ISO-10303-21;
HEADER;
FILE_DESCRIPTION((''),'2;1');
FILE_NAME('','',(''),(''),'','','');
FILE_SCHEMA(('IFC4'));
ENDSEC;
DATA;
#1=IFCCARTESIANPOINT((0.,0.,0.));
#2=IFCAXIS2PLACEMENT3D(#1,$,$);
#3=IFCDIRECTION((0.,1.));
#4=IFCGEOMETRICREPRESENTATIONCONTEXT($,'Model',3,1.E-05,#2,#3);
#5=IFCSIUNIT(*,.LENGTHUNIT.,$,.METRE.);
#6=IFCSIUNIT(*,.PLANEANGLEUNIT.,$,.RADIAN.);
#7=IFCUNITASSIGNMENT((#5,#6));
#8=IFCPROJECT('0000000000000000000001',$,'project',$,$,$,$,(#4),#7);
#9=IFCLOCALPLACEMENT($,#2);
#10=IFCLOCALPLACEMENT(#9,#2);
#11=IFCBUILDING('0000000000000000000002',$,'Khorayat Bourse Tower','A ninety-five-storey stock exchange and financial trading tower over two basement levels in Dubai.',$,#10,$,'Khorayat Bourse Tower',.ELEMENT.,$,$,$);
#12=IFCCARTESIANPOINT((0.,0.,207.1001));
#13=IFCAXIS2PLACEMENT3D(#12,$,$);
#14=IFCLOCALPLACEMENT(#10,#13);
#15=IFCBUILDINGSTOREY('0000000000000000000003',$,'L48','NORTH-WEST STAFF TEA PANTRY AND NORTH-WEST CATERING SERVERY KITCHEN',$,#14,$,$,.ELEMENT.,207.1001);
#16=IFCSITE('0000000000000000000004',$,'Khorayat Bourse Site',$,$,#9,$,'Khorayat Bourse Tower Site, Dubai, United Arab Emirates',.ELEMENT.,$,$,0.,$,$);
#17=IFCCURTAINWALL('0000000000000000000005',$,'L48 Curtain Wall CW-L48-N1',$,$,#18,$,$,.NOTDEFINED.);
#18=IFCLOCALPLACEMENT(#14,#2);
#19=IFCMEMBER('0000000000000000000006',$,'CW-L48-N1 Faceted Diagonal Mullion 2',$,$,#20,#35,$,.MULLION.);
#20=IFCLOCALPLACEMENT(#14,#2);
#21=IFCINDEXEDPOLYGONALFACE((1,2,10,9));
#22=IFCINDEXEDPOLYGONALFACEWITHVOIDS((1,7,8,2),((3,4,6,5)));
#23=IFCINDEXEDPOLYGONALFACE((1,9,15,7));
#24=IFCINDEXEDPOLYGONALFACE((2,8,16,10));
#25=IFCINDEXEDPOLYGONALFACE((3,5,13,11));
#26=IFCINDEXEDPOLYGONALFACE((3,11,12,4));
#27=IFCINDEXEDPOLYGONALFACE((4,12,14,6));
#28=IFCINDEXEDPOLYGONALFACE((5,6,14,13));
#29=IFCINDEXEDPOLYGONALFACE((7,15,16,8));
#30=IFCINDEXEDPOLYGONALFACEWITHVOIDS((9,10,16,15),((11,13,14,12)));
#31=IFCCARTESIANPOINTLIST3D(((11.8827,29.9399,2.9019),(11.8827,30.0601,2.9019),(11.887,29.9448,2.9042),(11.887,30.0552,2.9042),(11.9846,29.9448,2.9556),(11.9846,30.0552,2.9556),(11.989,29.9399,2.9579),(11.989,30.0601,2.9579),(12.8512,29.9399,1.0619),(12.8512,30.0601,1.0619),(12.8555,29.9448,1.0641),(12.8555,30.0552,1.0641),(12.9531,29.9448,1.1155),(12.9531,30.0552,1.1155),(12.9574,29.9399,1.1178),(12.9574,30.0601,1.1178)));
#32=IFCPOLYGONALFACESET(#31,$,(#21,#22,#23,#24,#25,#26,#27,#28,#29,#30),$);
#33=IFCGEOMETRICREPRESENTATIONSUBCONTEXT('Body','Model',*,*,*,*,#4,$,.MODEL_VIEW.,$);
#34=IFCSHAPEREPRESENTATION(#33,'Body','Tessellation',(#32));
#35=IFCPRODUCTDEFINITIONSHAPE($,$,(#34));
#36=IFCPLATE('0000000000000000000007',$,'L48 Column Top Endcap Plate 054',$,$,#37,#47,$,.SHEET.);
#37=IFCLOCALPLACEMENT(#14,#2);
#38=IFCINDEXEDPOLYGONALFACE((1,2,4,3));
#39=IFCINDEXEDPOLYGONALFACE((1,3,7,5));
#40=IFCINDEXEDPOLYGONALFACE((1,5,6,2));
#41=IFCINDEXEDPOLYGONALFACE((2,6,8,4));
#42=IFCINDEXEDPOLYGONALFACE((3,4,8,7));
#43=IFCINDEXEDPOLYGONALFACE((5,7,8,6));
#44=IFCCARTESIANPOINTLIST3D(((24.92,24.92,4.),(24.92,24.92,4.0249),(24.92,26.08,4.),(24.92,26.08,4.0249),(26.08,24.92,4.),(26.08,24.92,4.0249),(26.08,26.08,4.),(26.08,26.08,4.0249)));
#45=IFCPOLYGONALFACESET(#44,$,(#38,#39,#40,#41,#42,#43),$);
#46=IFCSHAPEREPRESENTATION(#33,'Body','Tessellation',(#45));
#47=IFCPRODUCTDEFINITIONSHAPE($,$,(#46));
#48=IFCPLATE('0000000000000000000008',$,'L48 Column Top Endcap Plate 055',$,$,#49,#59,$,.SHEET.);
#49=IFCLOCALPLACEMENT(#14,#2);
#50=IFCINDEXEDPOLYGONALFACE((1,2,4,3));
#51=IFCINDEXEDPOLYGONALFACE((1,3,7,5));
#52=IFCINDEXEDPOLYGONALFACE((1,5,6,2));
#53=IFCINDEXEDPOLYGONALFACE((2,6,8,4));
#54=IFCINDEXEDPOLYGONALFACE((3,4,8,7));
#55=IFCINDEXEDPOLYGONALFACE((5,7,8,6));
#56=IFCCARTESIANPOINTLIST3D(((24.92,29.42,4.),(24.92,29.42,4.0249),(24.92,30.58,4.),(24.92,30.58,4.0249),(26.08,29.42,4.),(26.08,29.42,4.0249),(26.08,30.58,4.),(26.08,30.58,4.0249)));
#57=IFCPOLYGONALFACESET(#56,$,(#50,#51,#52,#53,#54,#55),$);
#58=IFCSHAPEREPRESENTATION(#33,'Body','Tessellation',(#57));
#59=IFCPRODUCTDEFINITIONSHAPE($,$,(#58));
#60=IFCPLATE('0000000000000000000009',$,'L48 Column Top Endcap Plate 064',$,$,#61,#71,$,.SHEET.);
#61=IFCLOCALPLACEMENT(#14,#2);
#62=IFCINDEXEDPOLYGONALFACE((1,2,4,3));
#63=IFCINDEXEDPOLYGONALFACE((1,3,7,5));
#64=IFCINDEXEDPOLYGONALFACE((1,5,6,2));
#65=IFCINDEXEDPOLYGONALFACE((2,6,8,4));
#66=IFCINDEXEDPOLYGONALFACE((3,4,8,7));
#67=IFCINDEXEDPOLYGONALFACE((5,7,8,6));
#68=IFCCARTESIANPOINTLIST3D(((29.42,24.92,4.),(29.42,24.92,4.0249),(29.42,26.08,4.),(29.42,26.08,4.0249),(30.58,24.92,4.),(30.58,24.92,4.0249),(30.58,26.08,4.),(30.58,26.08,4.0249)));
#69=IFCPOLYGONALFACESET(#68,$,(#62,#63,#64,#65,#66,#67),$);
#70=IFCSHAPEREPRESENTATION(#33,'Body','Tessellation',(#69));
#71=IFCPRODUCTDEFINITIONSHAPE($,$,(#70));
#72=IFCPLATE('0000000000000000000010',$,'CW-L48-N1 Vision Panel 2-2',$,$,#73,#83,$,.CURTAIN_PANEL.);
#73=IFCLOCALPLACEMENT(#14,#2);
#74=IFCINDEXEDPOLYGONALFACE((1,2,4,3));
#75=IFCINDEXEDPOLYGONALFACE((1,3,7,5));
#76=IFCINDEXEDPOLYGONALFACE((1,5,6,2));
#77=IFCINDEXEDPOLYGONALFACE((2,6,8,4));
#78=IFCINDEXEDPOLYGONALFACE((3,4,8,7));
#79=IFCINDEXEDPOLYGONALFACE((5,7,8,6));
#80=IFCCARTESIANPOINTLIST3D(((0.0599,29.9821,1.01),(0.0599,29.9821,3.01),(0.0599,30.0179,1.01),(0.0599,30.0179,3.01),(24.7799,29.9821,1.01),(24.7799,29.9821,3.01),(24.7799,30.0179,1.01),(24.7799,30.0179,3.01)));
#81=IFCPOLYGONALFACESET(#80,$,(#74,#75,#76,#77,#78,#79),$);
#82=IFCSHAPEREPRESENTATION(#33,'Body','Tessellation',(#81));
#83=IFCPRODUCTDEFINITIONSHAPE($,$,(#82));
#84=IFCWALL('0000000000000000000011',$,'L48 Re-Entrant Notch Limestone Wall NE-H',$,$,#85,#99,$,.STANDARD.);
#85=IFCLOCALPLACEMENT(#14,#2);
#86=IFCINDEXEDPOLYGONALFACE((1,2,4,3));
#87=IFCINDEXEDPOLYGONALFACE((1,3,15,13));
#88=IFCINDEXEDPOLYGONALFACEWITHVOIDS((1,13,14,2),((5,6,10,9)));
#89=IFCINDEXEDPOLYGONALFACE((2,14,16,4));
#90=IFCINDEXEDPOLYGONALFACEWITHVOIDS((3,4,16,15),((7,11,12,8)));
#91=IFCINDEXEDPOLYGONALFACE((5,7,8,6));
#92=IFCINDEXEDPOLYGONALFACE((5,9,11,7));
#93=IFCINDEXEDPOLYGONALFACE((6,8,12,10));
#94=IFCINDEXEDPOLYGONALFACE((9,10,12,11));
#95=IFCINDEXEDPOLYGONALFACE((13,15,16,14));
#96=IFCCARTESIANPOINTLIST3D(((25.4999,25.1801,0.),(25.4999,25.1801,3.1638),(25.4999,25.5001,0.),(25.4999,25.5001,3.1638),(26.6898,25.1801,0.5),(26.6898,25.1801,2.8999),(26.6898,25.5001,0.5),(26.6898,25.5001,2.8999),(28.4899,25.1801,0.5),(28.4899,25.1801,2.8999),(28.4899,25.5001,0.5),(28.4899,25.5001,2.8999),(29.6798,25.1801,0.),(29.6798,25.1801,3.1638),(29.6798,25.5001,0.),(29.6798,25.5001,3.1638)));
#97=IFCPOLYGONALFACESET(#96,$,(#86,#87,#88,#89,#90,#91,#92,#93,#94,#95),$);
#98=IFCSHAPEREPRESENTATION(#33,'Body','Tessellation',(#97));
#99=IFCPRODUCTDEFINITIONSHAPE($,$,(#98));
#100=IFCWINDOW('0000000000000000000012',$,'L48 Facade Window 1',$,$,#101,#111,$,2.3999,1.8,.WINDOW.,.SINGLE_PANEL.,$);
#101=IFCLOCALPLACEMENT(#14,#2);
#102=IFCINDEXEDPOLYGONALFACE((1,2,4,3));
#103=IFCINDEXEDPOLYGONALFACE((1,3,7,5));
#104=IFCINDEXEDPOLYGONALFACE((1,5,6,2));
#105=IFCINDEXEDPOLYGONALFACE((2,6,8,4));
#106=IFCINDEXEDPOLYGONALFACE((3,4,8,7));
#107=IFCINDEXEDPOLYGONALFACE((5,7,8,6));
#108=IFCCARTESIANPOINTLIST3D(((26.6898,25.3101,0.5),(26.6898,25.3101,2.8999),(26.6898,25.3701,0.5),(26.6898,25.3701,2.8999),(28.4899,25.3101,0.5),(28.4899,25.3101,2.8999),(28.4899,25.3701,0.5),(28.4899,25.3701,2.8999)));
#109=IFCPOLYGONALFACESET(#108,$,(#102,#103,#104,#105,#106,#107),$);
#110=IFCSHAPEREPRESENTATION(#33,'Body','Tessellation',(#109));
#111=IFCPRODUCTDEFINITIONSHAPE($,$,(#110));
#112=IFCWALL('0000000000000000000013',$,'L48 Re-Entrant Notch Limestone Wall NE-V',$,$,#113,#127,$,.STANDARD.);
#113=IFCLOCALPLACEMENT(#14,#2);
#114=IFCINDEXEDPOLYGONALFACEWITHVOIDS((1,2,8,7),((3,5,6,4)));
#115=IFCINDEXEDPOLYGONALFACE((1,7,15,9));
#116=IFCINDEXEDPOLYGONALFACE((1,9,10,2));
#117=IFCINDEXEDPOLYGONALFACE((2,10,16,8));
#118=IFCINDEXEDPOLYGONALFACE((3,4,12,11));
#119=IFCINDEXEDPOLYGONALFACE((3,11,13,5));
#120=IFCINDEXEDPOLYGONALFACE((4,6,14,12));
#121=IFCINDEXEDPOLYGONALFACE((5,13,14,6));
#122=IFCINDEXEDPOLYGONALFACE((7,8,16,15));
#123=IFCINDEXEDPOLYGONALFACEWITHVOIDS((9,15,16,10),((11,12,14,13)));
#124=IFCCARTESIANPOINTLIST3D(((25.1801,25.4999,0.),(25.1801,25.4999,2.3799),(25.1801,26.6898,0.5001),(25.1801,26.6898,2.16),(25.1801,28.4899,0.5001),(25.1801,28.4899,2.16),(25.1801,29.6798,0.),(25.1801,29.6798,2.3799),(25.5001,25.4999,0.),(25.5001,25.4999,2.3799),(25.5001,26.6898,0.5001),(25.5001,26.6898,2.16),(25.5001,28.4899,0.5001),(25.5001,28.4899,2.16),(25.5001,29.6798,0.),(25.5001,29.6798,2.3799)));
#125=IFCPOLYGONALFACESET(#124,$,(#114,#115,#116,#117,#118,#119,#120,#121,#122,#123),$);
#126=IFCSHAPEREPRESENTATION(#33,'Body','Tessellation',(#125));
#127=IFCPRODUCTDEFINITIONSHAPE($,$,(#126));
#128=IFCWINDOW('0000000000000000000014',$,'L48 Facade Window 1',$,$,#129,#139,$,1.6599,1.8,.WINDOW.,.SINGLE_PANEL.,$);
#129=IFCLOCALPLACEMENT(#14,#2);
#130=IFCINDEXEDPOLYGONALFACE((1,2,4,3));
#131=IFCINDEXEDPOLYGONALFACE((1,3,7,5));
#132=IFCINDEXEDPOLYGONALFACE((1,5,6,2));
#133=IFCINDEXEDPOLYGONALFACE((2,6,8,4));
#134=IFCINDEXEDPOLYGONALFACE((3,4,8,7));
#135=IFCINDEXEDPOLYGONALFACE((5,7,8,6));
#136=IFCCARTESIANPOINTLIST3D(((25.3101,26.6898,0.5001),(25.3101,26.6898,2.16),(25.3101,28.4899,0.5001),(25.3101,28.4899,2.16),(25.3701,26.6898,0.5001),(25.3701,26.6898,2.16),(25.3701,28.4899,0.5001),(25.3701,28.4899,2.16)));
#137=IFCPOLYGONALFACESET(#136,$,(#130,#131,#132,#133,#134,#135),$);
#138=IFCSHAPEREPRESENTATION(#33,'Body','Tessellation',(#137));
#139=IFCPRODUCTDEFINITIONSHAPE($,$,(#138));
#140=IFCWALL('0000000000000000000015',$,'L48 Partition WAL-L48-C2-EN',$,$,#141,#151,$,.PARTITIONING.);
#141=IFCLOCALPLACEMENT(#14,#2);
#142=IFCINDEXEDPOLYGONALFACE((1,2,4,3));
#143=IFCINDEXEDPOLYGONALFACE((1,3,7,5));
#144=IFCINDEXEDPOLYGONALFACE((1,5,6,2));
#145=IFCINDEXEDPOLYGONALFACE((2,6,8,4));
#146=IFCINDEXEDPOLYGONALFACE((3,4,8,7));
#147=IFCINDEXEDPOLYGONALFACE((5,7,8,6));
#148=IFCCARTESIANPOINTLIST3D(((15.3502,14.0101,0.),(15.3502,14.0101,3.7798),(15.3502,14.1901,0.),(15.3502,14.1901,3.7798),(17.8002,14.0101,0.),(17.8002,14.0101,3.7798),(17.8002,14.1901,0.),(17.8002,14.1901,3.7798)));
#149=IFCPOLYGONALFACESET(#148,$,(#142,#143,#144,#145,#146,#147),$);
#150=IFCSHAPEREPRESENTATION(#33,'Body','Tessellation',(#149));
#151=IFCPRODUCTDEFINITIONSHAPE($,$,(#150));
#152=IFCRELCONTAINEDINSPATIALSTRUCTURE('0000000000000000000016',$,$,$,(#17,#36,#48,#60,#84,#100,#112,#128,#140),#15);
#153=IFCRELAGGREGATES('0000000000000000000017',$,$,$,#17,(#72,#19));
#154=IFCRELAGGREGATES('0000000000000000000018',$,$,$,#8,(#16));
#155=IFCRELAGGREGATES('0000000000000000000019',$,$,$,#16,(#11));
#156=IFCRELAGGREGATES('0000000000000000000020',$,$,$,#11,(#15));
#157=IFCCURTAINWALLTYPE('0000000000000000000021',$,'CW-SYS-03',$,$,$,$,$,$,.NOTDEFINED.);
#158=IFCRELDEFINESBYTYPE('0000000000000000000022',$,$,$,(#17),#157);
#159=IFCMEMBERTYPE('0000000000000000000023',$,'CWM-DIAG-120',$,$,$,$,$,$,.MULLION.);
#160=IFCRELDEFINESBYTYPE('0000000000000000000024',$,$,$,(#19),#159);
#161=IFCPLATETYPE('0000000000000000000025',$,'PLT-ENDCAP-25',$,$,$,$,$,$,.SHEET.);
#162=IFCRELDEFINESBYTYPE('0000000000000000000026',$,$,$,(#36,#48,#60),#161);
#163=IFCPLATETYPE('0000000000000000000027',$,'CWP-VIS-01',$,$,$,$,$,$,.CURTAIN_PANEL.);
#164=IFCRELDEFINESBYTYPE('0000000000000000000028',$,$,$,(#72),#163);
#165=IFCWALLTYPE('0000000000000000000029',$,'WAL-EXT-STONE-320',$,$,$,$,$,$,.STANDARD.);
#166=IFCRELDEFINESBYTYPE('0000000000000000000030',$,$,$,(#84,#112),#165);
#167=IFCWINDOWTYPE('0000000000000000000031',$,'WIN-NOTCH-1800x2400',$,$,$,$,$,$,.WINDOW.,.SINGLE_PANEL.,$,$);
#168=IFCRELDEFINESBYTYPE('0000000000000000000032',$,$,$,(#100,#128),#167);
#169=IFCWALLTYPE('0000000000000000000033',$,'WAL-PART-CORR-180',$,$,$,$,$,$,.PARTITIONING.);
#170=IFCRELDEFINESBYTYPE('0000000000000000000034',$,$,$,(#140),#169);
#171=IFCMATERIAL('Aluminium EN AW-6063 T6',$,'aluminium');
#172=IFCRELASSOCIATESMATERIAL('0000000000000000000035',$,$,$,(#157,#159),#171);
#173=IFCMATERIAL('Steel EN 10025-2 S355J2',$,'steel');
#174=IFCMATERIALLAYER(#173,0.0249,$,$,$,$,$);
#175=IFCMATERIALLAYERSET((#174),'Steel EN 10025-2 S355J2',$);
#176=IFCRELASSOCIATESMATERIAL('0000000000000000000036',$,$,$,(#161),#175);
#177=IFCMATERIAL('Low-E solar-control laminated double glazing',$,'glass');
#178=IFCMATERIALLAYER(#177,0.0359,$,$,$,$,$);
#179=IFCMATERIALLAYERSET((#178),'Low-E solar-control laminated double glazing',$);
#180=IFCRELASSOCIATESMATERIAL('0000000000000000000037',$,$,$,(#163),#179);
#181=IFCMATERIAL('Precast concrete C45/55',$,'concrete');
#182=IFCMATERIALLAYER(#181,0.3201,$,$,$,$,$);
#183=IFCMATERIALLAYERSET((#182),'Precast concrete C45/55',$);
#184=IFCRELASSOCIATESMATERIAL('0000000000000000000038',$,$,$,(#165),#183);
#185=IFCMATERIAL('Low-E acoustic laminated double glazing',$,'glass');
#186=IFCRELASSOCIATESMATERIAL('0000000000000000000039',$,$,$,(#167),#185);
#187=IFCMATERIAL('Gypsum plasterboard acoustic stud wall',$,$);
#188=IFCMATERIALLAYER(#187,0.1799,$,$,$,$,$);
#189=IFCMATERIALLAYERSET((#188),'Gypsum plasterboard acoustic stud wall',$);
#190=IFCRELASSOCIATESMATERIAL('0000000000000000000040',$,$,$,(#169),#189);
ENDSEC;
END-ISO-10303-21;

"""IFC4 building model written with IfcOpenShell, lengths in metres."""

from ifc_helpers import new_model, si_unit, direction, frame, frame_2d, origin, origin_2d, place, context, subcontext, project, spatial, rectangle, hollow_rectangle, extrude, source, transform, mapped, material, layer, layer_set, material_profile, profile_set, type_object, element, fill, aggregate, save


model = new_model("IFC4")

# Units and contexts
model_context = context("Model", 3, precision=1e-05, world=origin(), true_north=direction((0.0, 1.0)))
body_context = subcontext(model_context, "Body", "Model", "MODEL_VIEW")
ifc_project = project(units=[si_unit("LENGTHUNIT", "METRE"), si_unit("PLANEANGLEUNIT", "RADIAN")], contexts=[model_context])

# Site, building, storey
site_placement = place(None, origin())
site = spatial("IfcSite", under=ifc_project, at=site_placement, Name="Khorayat Bourse Site", LongName="Khorayat Bourse Tower Site, Dubai, United Arab Emirates", CompositionType="ELEMENT", RefElevation=0.0)
building_placement = place(site_placement, origin())
building = spatial("IfcBuilding", under=site, at=building_placement, Name="Khorayat Bourse Tower", Description="A ninety-five-storey stock exchange and financial trading tower over two basement levels in Dubai.", LongName="Khorayat Bourse Tower", CompositionType="ELEMENT")
storey_placement = place(building_placement, frame((0.0, 0.0, 207.1001)))
storey = spatial("IfcBuildingStorey", under=building, at=storey_placement, Name="L48", Description="NORTH-WEST STAFF TEA PANTRY AND NORTH-WEST CATERING SERVERY KITCHEN", CompositionType="ELEMENT", Elevation=207.1001)

# Curtain wall
ifc_material_1 = material(Name="Aluminium EN AW-6063 T6", Category="aluminium")
curtain_wall_type = type_object("IfcCurtainWallType", Name="CW-SYS-03", PredefinedType="NOTDEFINED", material=ifc_material_1)
curtain_wall_1_placement = place(storey_placement, origin())
curtain_wall_1 = element("IfcCurtainWall", 1, at=curtain_wall_1_placement, inside=storey, type_object=curtain_wall_type, Name="L48 Curtain Wall CW-L48-N1", PredefinedType="NOTDEFINED")

# Member
ifc_material_profile_1 = material_profile(ifc_material_1, hollow_rectangle(XDim=0.1201, YDim=0.1201, WallThickness=0.0049, at=origin_2d()), Name="ALU 120x120x5")
ifc_profile_set_1 = profile_set([ifc_material_profile_1], Name="Aluminium EN AW-6063 T6")
member_type_1 = type_object("IfcMemberType", Name="CWM-DIAG-120", PredefinedType="MULLION", material=ifc_profile_set_1)
shared_shape_1 = source(origin(), body_context, "Body", "SweptSolid", [
    extrude(hollow_rectangle(XDim=0.1201, YDim=0.1201, WallThickness=0.0049, at=origin_2d()), origin(), (0.0, 0.0, 1.0), 2.0793),
])
member_1_placement = place(storey_placement, frame((12.9043, 30.0, 1.0898), z_axis=(-0.465761, 0.0, 0.884911), x_axis=(0.0, -1.0, 0.0)))
member_1 = element("IfcMember", 2, at=member_1_placement, type_object=member_type_1, Name="CW-L48-N1 Faceted Diagonal Mullion 2", PredefinedType="MULLION", context=body_context, shape_type="MappedRepresentation", body=[
    mapped(shared_shape_1, transform((0.0, 0.0, 0.0), scale=1.0)),
])

# Plates
ifc_material_2 = material(Name="Steel EN 10025-2 S355J2", Category="steel")
ifc_layer_1 = layer(ifc_material_2, 0.0249)
ifc_layer_set_1 = layer_set([ifc_layer_1], Name="Steel EN 10025-2 S355J2")
plate_type_1 = type_object("IfcPlateType", Name="PLT-ENDCAP-25", PredefinedType="SHEET", material=ifc_layer_set_1)
shared_shape_2 = source(origin(), body_context, "Body", "SweptSolid", [
    extrude(rectangle(XDim=1.1599, YDim=1.1599, at=origin_2d()), origin(), (0.0, 0.0, 1.0), 0.0249),
])
for number, where, z_axis, x_axis, name in (
    (3, (25.5, 25.5, 4.0), (0.0, 0.0, 1.0), (1.0, 0.0, 0.0), "L48 Column Top Endcap Plate 054"),
    (4, (25.5, 30.0, 4.0), (0.0, 0.0, 1.0), (1.0, 0.0, 0.0), "L48 Column Top Endcap Plate 055"),
    (5, (30.0, 25.5, 4.0), (0.0, 0.0, 1.0), (1.0, 0.0, 0.0), "L48 Column Top Endcap Plate 064"),
):
    element("IfcPlate", number, at=place(storey_placement, frame(where, z_axis=z_axis, x_axis=x_axis)), inside=storey, type_object=plate_type_1, Name=name, PredefinedType="SHEET", context=body_context, shape_type="MappedRepresentation", body=[
        mapped(shared_shape_2, transform((0.0, 0.0, 0.0), scale=1.0)),
    ])

# Plate
ifc_material_3 = material(Name="Low-E solar-control laminated double glazing", Category="glass")
ifc_layer_2 = layer(ifc_material_3, 0.0359)
ifc_layer_set_2 = layer_set([ifc_layer_2], Name="Low-E solar-control laminated double glazing")
plate_type_2 = type_object("IfcPlateType", Name="CWP-VIS-01", PredefinedType="CURTAIN_PANEL", material=ifc_layer_set_2)
shared_shape_3 = source(origin(), body_context, "Body", "SweptSolid", [
    extrude(rectangle(XDim=24.72, YDim=0.0359, at=origin_2d()), origin(), (0.0, 0.0, 1.0), 2.0),
])
plate_placement = place(storey_placement, frame((12.4199, 30.0, 1.01), z_axis=(0.0, 0.0, 1.0), x_axis=(1.0, 0.0, 0.0)))
plate = element("IfcPlate", 6, at=plate_placement, type_object=plate_type_2, Name="CW-L48-N1 Vision Panel 2-2", PredefinedType="CURTAIN_PANEL", context=body_context, shape_type="MappedRepresentation", body=[
    mapped(shared_shape_3, transform((0.0, 0.0, 0.0), scale=1.0)),
])
aggregate(curtain_wall_1, [plate, member_1])

# Walls, openings, windows
ifc_material_4 = material(Name="Precast concrete C45/55", Category="concrete")
ifc_layer_3 = layer(ifc_material_4, 0.3201)
ifc_layer_set_3 = layer_set([ifc_layer_3], Name="Precast concrete C45/55")
wall_type_1 = type_object("IfcWallType", Name="WAL-EXT-STONE-320", PredefinedType="STANDARD", material=ifc_layer_set_3)
shared_shape_4 = source(origin(), body_context, "Body", "SweptSolid", [
    extrude(rectangle(XDim=4.1799, YDim=0.3201, at=frame_2d((2.0898, 0.0))), origin(), (0.0, 0.0, 1.0), 3.1638),
])
wall_1_placement = place(storey_placement, frame((25.5, 25.3401, 0.0), z_axis=(0.0, 0.0, 1.0), x_axis=(1.0, 0.0, 0.0)))
wall_1 = element("IfcWall", 7, at=wall_1_placement, inside=storey, type_object=wall_type_1, Name="L48 Re-Entrant Notch Limestone Wall NE-H", PredefinedType="STANDARD", context=body_context, shape_type="MappedRepresentation", body=[
    mapped(shared_shape_4, transform((0.0, 0.0, 0.0), scale=1.0)),
])
shared_shape_5 = source(origin(), body_context, "Body", "SweptSolid", [
    extrude(rectangle(XDim=1.8, YDim=2.3999, at=frame_2d((0.8999, 1.2))), frame((0.0, 0.1699, 0.0), z_axis=(0.0, -1.0, 0.0), x_axis=(1.0, 0.0, 0.0)), (0.0, 0.0, 1.0), 0.3401),
])
opening_1_placement = place(wall_1_placement, frame((1.1899, 0.0, 0.5)))
opening_1 = element("IfcOpeningElement", 8, at=opening_1_placement, cuts=wall_1, PredefinedType="OPENING", context=body_context, shape_type="MappedRepresentation", body=[
    mapped(shared_shape_5, transform((0.0, 0.0, 0.0), scale=1.0)),
])
ifc_material_5 = material(Name="Low-E acoustic laminated double glazing", Category="glass")
window_type = type_object("IfcWindowType", Name="WIN-NOTCH-1800x2400", PartitioningType="SINGLE_PANEL", PredefinedType="WINDOW", material=ifc_material_5)
shared_shape_6 = source(origin(), body_context, "Body", "SweptSolid", [
    extrude(rectangle(XDim=1.8, YDim=2.3999, at=frame_2d((0.8999, 1.2))), frame((0.0, 0.03, 0.0), z_axis=(0.0, -1.0, 0.0), x_axis=(1.0, 0.0, 0.0)), (0.0, 0.0, 1.0), 0.0601),
])
window_1_placement = place(opening_1_placement, origin())
window_1 = element("IfcWindow", 9, at=window_1_placement, inside=storey, type_object=window_type, Name="L48 Facade Window 1", OverallHeight=2.3999, OverallWidth=1.8, PartitioningType="SINGLE_PANEL", PredefinedType="WINDOW", context=body_context, shape_type="MappedRepresentation", body=[
    mapped(shared_shape_6, transform((0.0, 0.0, 0.0), scale=1.0)),
])
fill(opening_1, window_1)
shared_shape_7 = source(origin(), body_context, "Body", "SweptSolid", [
    extrude(rectangle(XDim=4.1799, YDim=0.3201, at=frame_2d((2.0898, 0.0))), origin(), (0.0, 0.0, 1.0), 2.3799),
])
wall_2_placement = place(storey_placement, frame((25.3401, 25.5, 0.0), z_axis=(0.0, 0.0, 1.0), x_axis=(0.0, 1.0, 0.0)))
wall_2 = element("IfcWall", 10, at=wall_2_placement, inside=storey, type_object=wall_type_1, Name="L48 Re-Entrant Notch Limestone Wall NE-V", PredefinedType="STANDARD", context=body_context, shape_type="MappedRepresentation", body=[
    mapped(shared_shape_7, transform((0.0, 0.0, 0.0), scale=1.0)),
])
shared_shape_8 = source(origin(), body_context, "Body", "SweptSolid", [
    extrude(rectangle(XDim=1.8, YDim=1.6599, at=frame_2d((0.8999, 0.8301))), frame((0.0, 0.1699, 0.0), z_axis=(0.0, -1.0, 0.0), x_axis=(1.0, 0.0, 0.0)), (0.0, 0.0, 1.0), 0.3401),
])
opening_2_placement = place(wall_2_placement, frame((1.1899, 0.0, 0.5)))
opening_2 = element("IfcOpeningElement", 11, at=opening_2_placement, cuts=wall_2, PredefinedType="OPENING", context=body_context, shape_type="MappedRepresentation", body=[
    mapped(shared_shape_8, transform((0.0, 0.0, 0.0), scale=1.0)),
])
shared_shape_9 = source(origin(), body_context, "Body", "SweptSolid", [
    extrude(rectangle(XDim=1.8, YDim=1.6599, at=frame_2d((0.8999, 0.8301))), frame((0.0, 0.03, 0.0), z_axis=(0.0, -1.0, 0.0), x_axis=(1.0, 0.0, 0.0)), (0.0, 0.0, 1.0), 0.0601),
])
window_2_placement = place(opening_2_placement, origin())
window_2 = element("IfcWindow", 12, at=window_2_placement, inside=storey, type_object=window_type, Name="L48 Facade Window 1", OverallHeight=1.6599, OverallWidth=1.8, PartitioningType="SINGLE_PANEL", PredefinedType="WINDOW", context=body_context, shape_type="MappedRepresentation", body=[
    mapped(shared_shape_9, transform((0.0, 0.0, 0.0), scale=1.0)),
])
fill(opening_2, window_2)

# Wall
ifc_material_6 = material(Name="Gypsum plasterboard acoustic stud wall")
ifc_layer_4 = layer(ifc_material_6, 0.1799)
ifc_layer_set_4 = layer_set([ifc_layer_4], Name="Gypsum plasterboard acoustic stud wall")
wall_type_2 = type_object("IfcWallType", Name="WAL-PART-CORR-180", PredefinedType="PARTITIONING", material=ifc_layer_set_4)
shared_shape_10 = source(origin(), body_context, "Body", "SweptSolid", [
    extrude(rectangle(XDim=2.45, YDim=0.1799, at=frame_2d((1.2251, 0.0))), origin(), (0.0, 0.0, 1.0), 3.7798),
])
wall_3_placement = place(storey_placement, frame((15.3501, 14.1001, 0.0), z_axis=(0.0, 0.0, 1.0), x_axis=(1.0, 0.0, 0.0)))
element("IfcWall", 13, at=wall_3_placement, inside=storey, type_object=wall_type_2, Name="L48 Partition WAL-L48-C2-EN", PredefinedType="PARTITIONING", context=body_context, shape_type="MappedRepresentation", body=[
    mapped(shared_shape_10, transform((0.0, 0.0, 0.0), scale=1.0)),
])

save(model, "model.ifc")
